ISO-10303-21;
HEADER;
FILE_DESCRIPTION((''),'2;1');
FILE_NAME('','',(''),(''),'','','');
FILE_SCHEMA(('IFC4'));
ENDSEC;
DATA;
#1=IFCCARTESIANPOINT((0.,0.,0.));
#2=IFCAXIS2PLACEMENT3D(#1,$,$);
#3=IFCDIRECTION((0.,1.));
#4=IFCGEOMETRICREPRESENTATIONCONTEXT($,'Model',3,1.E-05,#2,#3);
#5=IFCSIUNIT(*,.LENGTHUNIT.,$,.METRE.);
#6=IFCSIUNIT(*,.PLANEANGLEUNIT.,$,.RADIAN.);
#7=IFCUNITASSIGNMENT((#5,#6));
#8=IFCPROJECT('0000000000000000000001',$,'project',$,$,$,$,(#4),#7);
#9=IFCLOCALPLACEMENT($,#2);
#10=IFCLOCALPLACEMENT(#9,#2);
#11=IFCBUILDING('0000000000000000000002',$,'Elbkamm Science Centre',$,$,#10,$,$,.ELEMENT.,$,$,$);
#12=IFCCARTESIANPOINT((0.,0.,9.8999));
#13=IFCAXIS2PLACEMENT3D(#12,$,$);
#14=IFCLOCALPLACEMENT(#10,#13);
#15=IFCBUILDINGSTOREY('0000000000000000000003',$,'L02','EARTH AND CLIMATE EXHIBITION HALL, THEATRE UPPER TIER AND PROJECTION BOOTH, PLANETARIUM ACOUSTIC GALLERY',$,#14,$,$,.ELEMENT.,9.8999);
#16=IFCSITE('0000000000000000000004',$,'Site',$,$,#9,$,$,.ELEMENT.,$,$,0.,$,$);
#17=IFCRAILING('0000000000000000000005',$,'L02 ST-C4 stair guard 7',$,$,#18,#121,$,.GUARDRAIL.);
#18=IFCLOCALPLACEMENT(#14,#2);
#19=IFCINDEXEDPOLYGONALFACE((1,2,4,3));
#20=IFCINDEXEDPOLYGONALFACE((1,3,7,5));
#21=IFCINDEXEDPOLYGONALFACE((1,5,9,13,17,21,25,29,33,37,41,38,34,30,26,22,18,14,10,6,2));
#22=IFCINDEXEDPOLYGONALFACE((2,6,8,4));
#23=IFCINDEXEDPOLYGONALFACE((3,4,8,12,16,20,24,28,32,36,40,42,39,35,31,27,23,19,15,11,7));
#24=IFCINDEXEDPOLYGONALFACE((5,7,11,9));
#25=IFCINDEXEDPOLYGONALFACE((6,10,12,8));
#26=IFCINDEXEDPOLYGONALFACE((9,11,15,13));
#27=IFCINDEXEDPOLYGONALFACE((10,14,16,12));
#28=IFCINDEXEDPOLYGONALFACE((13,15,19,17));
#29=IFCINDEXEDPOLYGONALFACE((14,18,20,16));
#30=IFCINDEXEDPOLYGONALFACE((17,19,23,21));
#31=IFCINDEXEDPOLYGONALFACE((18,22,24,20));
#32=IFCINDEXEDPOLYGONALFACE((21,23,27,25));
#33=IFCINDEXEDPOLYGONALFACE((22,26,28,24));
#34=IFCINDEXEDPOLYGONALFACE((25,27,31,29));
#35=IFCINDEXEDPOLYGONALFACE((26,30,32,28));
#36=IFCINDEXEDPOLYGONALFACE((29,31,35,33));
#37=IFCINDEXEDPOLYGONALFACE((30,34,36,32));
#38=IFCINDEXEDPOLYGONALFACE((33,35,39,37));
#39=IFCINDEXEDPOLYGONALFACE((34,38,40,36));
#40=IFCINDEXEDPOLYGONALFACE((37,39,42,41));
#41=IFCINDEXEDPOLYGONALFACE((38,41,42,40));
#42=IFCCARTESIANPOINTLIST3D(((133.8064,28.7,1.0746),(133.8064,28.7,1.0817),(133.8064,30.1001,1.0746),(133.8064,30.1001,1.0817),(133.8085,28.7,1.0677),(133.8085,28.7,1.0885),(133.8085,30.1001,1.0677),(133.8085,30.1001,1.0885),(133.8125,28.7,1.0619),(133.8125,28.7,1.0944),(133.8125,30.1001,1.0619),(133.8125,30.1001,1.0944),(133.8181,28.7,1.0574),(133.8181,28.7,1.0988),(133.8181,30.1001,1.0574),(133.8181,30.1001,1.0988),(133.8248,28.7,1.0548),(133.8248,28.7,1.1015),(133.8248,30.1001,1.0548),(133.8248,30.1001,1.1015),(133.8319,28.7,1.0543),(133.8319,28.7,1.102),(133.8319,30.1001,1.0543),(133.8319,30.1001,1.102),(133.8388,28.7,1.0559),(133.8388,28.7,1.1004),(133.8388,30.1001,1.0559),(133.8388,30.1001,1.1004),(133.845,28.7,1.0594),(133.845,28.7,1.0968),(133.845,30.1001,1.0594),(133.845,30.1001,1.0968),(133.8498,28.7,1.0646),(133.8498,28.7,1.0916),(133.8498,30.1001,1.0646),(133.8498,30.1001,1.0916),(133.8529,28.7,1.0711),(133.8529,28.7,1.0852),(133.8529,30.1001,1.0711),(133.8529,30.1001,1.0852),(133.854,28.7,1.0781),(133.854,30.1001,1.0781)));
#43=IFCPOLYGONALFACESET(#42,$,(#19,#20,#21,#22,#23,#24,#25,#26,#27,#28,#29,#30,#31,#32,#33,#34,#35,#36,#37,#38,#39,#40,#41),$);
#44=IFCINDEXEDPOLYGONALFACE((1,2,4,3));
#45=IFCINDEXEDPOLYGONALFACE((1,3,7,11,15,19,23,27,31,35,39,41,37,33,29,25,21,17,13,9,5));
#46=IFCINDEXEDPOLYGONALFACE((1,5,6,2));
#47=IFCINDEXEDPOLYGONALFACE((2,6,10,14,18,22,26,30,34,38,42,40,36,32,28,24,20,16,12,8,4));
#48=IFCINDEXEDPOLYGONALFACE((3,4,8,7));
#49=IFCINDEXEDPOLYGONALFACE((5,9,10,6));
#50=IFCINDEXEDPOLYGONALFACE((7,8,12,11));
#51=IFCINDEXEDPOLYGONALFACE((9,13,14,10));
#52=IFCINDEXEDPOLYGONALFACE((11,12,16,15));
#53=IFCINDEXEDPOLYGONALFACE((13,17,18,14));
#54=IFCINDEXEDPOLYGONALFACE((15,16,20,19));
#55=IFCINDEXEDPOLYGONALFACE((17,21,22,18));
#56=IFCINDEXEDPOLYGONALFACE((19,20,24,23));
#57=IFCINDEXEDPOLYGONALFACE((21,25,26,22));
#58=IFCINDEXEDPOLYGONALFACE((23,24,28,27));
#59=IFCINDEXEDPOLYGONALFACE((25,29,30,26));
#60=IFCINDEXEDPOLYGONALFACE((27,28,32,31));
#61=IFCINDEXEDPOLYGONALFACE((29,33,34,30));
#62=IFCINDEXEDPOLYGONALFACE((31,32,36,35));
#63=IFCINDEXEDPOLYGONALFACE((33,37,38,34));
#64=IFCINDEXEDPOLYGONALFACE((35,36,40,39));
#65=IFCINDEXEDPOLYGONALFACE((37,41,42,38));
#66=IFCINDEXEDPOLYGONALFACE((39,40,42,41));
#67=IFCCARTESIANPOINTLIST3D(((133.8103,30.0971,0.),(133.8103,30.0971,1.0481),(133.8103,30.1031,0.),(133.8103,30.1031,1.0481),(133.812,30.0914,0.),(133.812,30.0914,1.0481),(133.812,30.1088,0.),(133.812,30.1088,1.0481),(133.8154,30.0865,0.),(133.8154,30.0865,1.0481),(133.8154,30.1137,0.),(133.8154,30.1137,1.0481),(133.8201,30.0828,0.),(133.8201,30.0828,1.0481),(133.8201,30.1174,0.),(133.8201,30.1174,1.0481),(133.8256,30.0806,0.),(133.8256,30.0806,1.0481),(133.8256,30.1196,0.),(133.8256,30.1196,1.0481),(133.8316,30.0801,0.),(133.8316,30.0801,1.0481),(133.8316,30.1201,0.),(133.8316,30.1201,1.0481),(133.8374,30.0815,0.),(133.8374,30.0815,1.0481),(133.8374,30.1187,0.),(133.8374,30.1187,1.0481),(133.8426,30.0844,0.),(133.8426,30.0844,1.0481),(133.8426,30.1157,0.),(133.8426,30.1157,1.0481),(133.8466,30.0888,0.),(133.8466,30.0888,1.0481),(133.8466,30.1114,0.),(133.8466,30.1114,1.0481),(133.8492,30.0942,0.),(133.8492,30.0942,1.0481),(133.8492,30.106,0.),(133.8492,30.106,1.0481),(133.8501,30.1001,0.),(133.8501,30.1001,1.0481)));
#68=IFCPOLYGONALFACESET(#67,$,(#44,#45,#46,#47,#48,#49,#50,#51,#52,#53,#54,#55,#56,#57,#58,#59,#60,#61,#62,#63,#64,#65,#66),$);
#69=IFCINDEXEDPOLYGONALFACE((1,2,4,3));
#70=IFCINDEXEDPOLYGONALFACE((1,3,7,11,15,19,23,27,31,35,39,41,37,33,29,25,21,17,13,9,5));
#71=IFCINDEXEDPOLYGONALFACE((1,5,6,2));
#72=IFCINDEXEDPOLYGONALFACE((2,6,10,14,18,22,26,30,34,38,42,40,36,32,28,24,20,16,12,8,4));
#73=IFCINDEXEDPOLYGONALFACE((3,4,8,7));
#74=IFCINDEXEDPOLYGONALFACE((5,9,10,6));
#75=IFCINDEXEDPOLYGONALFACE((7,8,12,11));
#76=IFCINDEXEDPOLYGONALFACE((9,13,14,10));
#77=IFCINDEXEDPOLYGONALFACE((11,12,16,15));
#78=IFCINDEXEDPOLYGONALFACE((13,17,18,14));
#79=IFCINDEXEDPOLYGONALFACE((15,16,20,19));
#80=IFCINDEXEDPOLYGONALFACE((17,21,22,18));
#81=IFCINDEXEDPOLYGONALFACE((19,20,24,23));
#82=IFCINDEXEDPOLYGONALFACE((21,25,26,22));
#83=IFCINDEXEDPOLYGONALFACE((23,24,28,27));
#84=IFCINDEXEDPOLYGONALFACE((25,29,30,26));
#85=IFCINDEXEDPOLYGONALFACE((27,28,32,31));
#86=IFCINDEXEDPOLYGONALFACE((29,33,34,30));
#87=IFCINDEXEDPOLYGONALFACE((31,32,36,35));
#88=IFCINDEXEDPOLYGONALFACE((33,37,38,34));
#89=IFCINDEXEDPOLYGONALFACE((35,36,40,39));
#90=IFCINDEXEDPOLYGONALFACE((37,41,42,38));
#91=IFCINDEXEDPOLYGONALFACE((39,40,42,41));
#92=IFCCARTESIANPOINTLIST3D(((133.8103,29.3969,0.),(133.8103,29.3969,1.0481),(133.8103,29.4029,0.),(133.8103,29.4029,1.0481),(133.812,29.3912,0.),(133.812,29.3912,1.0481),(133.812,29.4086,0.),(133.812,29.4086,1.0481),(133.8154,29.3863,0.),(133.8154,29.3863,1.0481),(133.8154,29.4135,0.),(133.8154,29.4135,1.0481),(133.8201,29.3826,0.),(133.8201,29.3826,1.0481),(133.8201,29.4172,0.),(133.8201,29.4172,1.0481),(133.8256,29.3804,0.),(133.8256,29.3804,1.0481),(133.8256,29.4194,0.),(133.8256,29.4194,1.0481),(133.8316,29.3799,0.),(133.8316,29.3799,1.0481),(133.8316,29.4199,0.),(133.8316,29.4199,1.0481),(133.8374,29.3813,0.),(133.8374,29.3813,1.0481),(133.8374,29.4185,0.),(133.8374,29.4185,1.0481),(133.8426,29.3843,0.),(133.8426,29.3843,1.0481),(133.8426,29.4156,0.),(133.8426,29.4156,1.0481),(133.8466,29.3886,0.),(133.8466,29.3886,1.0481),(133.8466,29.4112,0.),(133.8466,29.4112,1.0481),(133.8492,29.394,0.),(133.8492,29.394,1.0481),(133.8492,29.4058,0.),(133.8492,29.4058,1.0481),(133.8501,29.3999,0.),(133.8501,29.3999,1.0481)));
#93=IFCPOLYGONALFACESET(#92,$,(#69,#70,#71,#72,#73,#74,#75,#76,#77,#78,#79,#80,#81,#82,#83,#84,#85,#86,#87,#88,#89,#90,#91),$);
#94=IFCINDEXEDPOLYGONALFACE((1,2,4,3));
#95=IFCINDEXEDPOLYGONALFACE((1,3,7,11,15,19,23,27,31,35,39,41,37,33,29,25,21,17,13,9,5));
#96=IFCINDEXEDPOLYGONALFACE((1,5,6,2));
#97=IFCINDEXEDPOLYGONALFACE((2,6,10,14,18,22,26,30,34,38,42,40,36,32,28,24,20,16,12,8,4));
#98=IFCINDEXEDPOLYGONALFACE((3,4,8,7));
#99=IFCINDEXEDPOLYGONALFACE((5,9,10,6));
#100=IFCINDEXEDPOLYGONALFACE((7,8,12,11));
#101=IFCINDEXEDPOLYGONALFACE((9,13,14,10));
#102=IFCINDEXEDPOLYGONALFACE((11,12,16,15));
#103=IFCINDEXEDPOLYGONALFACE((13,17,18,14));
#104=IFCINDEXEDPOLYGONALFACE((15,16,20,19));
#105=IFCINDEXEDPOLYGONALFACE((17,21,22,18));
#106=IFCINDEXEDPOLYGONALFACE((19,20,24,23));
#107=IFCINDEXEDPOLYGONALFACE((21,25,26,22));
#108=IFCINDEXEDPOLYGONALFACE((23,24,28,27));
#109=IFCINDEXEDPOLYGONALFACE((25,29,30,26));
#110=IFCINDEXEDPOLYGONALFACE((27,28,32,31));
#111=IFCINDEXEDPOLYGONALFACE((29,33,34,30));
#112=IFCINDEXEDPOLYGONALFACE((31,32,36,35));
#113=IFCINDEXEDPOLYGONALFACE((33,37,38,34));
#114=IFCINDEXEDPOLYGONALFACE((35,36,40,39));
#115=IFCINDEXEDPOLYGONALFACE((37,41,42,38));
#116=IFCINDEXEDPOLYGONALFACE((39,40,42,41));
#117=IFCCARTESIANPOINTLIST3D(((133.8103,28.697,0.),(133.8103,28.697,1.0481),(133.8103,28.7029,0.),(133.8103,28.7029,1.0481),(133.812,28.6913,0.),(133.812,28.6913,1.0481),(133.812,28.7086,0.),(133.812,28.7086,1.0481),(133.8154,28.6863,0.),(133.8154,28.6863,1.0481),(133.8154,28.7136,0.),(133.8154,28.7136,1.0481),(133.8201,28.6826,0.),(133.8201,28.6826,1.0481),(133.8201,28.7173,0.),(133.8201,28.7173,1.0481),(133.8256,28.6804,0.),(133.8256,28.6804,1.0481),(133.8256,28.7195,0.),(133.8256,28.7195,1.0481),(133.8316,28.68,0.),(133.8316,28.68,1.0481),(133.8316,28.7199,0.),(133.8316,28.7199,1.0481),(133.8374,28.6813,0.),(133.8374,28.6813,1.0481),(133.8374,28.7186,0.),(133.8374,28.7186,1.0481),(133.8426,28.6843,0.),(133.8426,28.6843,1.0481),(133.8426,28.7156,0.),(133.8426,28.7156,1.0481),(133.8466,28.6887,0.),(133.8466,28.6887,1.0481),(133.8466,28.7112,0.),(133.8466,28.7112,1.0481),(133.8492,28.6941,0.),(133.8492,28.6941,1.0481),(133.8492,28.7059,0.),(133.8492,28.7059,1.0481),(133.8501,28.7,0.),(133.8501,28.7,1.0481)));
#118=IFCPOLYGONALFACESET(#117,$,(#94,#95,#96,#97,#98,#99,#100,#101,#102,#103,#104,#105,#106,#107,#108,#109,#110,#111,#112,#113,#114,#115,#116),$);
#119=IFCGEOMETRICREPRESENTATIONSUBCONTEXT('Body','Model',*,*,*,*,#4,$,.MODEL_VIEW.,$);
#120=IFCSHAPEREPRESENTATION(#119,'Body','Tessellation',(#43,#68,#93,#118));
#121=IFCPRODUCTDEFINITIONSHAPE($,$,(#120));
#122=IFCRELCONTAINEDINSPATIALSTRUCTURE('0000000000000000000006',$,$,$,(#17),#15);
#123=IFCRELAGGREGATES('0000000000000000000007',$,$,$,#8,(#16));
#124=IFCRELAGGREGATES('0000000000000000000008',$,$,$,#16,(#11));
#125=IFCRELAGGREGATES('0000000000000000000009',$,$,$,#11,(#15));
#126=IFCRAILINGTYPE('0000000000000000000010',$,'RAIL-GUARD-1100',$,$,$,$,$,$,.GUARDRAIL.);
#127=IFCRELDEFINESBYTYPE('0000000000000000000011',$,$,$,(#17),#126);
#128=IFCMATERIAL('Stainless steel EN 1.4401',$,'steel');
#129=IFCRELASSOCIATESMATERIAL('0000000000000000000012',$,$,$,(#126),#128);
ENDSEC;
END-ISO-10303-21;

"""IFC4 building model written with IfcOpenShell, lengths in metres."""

from ifc_helpers import new_model, si_unit, direction, frame, origin, origin_2d, place, context, subcontext, project, spatial, circle, extrude, material, type_object, element, save


model = new_model("IFC4")

# Units and contexts
model_context = context("Model", 3, precision=1e-05, world=origin(), true_north=direction((0.0, 1.0)))
body_context = subcontext(model_context, "Body", "Model", "MODEL_VIEW")
ifc_project = project(units=[si_unit("LENGTHUNIT", "METRE"), si_unit("PLANEANGLEUNIT", "RADIAN")], contexts=[model_context])

# Site, building, storey
site_placement = place(None, origin())
site = spatial("IfcSite", under=ifc_project, at=site_placement, Name="Site", CompositionType="ELEMENT", RefElevation=0.0)
building_placement = place(site_placement, origin())
building = spatial("IfcBuilding", under=site, at=building_placement, Name="Elbkamm Science Centre", CompositionType="ELEMENT")
storey_placement = place(building_placement, frame((0.0, 0.0, 9.8999)))
storey = spatial("IfcBuildingStorey", under=building, at=storey_placement, Name="L02", Description="EARTH AND CLIMATE EXHIBITION HALL, THEATRE UPPER TIER AND PROJECTION BOOTH, PLANETARIUM ACOUSTIC GALLERY", CompositionType="ELEMENT", Elevation=9.8999)

# Railing
ifc_material_1 = material(Name="Stainless steel EN 1.4401", Category="steel")
railing_type_1 = type_object("IfcRailingType", Name="RAIL-GUARD-1100", PredefinedType="GUARDRAIL", material=ifc_material_1)
railing_1_placement = place(storey_placement, frame((133.8301, 30.1001, 0.0)))
element("IfcRailing", 1, at=railing_1_placement, inside=storey, type_object=railing_type_1, Name="L02 ST-C4 stair guard 7", PredefinedType="GUARDRAIL", context=body_context, shape_type="SweptSolid", body=[
    extrude(circle(Radius=0.0239, at=origin_2d()), frame((0.0, 0.0, 1.0781), z_axis=(0.0, -1.0, 0.0), x_axis=(1.0, 0.0, 0.0)), (0.0, 0.0, 1.0), 1.4001),
    extrude(circle(Radius=0.02, at=origin_2d()), origin(), (0.0, 0.0, 1.0), 1.0481),
    extrude(circle(Radius=0.02, at=origin_2d()), frame((0.0, -0.7002, 0.0)), (0.0, 0.0, 1.0), 1.0481),
    extrude(circle(Radius=0.02, at=origin_2d()), frame((0.0, -1.4001, 0.0)), (0.0, 0.0, 1.0), 1.0481),
])

save(model, "model.ifc")
